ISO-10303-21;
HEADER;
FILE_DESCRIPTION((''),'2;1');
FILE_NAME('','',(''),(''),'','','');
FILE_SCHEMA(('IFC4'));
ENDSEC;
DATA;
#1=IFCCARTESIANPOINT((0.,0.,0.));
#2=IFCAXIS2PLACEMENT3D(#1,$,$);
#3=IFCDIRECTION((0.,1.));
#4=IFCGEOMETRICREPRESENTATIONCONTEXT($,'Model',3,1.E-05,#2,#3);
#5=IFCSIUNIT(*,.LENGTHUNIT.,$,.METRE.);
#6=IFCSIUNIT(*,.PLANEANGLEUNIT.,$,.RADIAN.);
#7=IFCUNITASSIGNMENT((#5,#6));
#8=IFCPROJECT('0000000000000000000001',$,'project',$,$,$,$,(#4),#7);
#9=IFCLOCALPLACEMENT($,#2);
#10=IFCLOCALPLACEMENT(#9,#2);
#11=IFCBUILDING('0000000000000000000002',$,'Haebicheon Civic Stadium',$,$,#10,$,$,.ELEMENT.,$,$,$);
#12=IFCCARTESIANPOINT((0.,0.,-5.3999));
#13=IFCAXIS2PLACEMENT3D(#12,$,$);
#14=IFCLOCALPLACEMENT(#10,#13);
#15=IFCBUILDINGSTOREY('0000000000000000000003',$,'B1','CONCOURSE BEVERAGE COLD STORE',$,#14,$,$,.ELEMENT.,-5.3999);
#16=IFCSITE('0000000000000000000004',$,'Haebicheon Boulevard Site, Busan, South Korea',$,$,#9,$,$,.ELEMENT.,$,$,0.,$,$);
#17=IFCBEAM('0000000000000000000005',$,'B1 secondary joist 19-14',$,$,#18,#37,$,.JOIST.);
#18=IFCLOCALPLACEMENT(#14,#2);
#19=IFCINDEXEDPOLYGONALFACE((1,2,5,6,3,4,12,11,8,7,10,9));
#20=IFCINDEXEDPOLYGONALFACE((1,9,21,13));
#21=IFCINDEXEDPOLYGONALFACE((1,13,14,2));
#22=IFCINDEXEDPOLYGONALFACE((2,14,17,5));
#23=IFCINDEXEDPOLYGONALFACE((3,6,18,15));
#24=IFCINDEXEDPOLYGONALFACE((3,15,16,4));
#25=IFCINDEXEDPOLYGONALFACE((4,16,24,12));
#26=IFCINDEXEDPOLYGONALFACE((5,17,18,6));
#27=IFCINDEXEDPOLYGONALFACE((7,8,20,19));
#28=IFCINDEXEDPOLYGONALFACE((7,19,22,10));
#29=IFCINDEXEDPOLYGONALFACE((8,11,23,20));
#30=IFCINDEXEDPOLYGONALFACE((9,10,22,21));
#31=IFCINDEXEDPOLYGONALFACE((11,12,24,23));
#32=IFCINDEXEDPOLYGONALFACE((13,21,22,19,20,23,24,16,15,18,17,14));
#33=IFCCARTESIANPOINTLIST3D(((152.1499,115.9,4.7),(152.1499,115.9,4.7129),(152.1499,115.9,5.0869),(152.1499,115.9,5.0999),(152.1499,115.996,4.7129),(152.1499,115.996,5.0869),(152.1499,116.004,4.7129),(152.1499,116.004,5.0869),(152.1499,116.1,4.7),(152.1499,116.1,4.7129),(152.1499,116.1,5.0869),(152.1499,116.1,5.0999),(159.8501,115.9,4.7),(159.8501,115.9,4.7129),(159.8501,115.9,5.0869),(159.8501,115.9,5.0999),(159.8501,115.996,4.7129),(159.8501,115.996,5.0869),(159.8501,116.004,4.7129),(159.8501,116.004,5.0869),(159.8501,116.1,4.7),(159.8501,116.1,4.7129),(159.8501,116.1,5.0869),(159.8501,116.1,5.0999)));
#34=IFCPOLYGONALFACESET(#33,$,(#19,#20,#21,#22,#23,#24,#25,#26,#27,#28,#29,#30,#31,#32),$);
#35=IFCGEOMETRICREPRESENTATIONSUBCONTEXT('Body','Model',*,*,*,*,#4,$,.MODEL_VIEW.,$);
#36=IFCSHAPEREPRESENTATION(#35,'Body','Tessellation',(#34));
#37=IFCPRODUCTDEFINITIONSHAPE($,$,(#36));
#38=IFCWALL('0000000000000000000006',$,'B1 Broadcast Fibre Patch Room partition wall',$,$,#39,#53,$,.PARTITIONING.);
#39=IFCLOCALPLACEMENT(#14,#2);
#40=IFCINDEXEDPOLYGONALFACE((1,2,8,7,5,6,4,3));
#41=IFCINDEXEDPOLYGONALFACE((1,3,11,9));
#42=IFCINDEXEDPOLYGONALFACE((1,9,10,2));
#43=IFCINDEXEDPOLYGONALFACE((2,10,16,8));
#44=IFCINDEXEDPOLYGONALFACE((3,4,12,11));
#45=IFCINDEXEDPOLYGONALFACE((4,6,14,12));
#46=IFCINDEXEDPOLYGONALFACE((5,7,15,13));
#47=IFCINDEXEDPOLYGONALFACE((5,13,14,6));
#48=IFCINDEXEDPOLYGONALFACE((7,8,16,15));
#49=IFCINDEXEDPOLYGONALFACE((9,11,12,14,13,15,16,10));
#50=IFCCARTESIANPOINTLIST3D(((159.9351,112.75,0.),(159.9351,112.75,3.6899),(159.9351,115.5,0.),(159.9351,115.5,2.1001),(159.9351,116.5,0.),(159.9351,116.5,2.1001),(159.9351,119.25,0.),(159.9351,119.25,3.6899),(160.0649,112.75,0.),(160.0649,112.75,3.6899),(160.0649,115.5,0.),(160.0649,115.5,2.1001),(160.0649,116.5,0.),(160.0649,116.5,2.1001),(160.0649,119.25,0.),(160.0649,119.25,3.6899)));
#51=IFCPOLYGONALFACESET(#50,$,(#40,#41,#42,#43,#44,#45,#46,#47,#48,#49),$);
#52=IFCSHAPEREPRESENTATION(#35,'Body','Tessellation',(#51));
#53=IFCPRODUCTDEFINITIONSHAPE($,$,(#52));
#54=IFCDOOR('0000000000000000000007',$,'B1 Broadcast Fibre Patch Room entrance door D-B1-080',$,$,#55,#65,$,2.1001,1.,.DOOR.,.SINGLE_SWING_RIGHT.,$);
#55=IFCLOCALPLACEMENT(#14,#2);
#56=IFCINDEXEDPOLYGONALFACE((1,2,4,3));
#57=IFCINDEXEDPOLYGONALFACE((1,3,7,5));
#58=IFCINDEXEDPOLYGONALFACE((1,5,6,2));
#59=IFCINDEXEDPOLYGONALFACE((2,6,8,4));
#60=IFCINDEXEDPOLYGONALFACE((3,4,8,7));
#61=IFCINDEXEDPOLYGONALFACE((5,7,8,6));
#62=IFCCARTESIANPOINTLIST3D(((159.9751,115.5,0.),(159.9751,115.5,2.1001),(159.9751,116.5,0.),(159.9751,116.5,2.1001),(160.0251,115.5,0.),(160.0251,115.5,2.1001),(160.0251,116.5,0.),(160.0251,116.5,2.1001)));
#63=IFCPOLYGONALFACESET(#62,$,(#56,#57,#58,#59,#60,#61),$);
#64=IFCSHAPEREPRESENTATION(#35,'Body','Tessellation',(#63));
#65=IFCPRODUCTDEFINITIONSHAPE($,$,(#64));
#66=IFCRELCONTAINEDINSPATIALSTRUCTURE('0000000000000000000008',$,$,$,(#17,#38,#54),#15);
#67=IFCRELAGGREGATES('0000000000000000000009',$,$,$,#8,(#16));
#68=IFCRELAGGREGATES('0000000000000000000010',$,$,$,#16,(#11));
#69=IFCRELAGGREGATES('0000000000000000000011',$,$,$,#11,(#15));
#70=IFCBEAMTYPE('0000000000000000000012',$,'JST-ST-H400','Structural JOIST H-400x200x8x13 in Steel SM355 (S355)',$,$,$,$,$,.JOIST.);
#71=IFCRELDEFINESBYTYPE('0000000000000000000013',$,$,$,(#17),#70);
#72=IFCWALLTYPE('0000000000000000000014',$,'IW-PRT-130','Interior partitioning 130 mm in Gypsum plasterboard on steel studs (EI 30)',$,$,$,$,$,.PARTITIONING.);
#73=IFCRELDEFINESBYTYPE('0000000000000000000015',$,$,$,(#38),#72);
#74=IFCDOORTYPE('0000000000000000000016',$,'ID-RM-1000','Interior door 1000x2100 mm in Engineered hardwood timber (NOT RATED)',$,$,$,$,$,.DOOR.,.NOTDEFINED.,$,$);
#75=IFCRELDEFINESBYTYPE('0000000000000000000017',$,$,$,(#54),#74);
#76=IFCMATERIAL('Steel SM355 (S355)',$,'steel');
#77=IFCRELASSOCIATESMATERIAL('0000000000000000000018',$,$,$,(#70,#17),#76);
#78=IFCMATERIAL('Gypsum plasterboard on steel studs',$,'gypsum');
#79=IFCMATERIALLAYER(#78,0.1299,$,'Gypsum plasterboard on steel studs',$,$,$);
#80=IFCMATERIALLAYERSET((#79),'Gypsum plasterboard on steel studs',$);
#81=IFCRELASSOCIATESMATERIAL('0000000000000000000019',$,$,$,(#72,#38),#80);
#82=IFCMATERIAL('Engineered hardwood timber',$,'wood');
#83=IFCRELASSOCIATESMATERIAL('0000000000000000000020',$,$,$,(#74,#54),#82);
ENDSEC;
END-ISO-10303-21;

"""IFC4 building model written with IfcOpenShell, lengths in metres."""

from ifc_helpers import new_model, si_unit, direction, frame, frame_2d, origin, origin_2d, place, context, subcontext, project, spatial, rectangle, i_section, extrude, material, layer, layer_set, material_profile, profile_set, type_object, element, fill, save


model = new_model("IFC4")

# Units and contexts
model_context = context("Model", 3, precision=1e-05, world=origin(), true_north=direction((0.0, 1.0)))
body_context = subcontext(model_context, "Body", "Model", "MODEL_VIEW")
ifc_project = project(units=[si_unit("LENGTHUNIT", "METRE"), si_unit("PLANEANGLEUNIT", "RADIAN")], contexts=[model_context])

# Site, building, storey
site_placement = place(None, origin())
site = spatial("IfcSite", under=ifc_project, at=site_placement, Name="Haebicheon Boulevard Site, Busan, South Korea", CompositionType="ELEMENT", RefElevation=0.0)
building_placement = place(site_placement, origin())
building = spatial("IfcBuilding", under=site, at=building_placement, Name="Haebicheon Civic Stadium", CompositionType="ELEMENT")
storey_placement = place(building_placement, frame((0.0, 0.0, -5.3999)))
storey = spatial("IfcBuildingStorey", under=building, at=storey_placement, Name="B1", Description="CONCOURSE BEVERAGE COLD STORE", CompositionType="ELEMENT", Elevation=-5.3999)

# Beam
ifc_material_1 = material(Name="Steel SM355 (S355)", Category="steel")
ifc_material_profile_1 = material_profile(ifc_material_1, i_section(OverallWidth=0.2, OverallDepth=0.3999, WebThickness=0.0081, FlangeThickness=0.0129, at=origin_2d()), Name="H-400x200x8x13")
ifc_profile_set_1 = profile_set([ifc_material_profile_1], Name="Steel SM355 (S355)")
beam_type_1 = type_object("IfcBeamType", Name="JST-ST-H400", Description="Structural JOIST H-400x200x8x13 in Steel SM355 (S355)", PredefinedType="JOIST", material=ifc_profile_set_1)
for number, where, z_axis, x_axis, name in (
    (1, (152.1499, 116.0, 4.8999), (1.0, 0.0, 0.0), (0.0, 1.0, 0.0), "B1 secondary joist 19-14"),
):
    element("IfcBeam", number, at=place(storey_placement, frame(where, z_axis=z_axis, x_axis=x_axis)), inside=storey, type_object=beam_type_1, material=ifc_profile_set_1, Name=name, PredefinedType="JOIST", context=body_context, shape_type="SweptSolid", body=[
        extrude(i_section(OverallWidth=0.2, OverallDepth=0.3999, WebThickness=0.0081, FlangeThickness=0.0129, at=origin_2d()), origin(), (0.0, 0.0, 1.0), 7.7002),
    ])

# Wall, opening, door
ifc_material_2 = material(Name="Gypsum plasterboard on steel studs", Category="gypsum")
ifc_layer_1 = layer(ifc_material_2, 0.1299, Name="Gypsum plasterboard on steel studs")
ifc_layer_set_1 = layer_set([ifc_layer_1], Name="Gypsum plasterboard on steel studs")
wall_type = type_object("IfcWallType", Name="IW-PRT-130", Description="Interior partitioning 130 mm in Gypsum plasterboard on steel studs (EI 30)", PredefinedType="PARTITIONING", material=ifc_layer_set_1)
wall_placement = place(storey_placement, frame((160.0, 112.75, 0.0), z_axis=(0.0, 0.0, 1.0), x_axis=(0.0, 1.0, 0.0)))
wall = element("IfcWall", 2, at=wall_placement, inside=storey, type_object=wall_type, material=ifc_layer_set_1, Name="B1 Broadcast Fibre Patch Room partition wall", PredefinedType="PARTITIONING", context=body_context, shape_type="SweptSolid", body=[
    extrude(rectangle(XDim=6.5, YDim=0.1299, at=frame_2d((3.25, 0.0))), origin(), (0.0, 0.0, 1.0), 3.6899),
])
opening_placement = place(wall_placement, frame((2.75, 0.0, 0.0)))
opening = element("IfcOpeningElement", 3, at=opening_placement, cuts=wall, PredefinedType="OPENING", context=body_context, shape_type="SweptSolid", body=[
    extrude(rectangle(XDim=1.0, YDim=2.1001, at=frame_2d((0.5, 1.05))), frame((0.0, 0.075, 0.0), z_axis=(0.0, -1.0, 0.0), x_axis=(1.0, 0.0, 0.0)), (0.0, 0.0, 1.0), 0.1499),
])
ifc_material_3 = material(Name="Engineered hardwood timber", Category="wood")
door_type = type_object("IfcDoorType", Name="ID-RM-1000", Description="Interior door 1000x2100 mm in Engineered hardwood timber (NOT RATED)", OperationType="NOTDEFINED", PredefinedType="DOOR", material=ifc_material_3)
door_placement = place(opening_placement, origin())
door = element("IfcDoor", 4, at=door_placement, inside=storey, type_object=door_type, material=ifc_material_3, Name="B1 Broadcast Fibre Patch Room entrance door D-B1-080", OperationType="SINGLE_SWING_RIGHT", OverallHeight=2.1001, OverallWidth=1.0, PredefinedType="DOOR", context=body_context, shape_type="SweptSolid", body=[
    extrude(rectangle(XDim=1.0, YDim=2.1001, at=frame_2d((0.5, 1.05))), frame((0.0, 0.0249, 0.0), z_axis=(0.0, -1.0, 0.0), x_axis=(1.0, 0.0, 0.0)), (0.0, 0.0, 1.0), 0.05),
])
fill(opening, door)

save(model, "model.ifc")
